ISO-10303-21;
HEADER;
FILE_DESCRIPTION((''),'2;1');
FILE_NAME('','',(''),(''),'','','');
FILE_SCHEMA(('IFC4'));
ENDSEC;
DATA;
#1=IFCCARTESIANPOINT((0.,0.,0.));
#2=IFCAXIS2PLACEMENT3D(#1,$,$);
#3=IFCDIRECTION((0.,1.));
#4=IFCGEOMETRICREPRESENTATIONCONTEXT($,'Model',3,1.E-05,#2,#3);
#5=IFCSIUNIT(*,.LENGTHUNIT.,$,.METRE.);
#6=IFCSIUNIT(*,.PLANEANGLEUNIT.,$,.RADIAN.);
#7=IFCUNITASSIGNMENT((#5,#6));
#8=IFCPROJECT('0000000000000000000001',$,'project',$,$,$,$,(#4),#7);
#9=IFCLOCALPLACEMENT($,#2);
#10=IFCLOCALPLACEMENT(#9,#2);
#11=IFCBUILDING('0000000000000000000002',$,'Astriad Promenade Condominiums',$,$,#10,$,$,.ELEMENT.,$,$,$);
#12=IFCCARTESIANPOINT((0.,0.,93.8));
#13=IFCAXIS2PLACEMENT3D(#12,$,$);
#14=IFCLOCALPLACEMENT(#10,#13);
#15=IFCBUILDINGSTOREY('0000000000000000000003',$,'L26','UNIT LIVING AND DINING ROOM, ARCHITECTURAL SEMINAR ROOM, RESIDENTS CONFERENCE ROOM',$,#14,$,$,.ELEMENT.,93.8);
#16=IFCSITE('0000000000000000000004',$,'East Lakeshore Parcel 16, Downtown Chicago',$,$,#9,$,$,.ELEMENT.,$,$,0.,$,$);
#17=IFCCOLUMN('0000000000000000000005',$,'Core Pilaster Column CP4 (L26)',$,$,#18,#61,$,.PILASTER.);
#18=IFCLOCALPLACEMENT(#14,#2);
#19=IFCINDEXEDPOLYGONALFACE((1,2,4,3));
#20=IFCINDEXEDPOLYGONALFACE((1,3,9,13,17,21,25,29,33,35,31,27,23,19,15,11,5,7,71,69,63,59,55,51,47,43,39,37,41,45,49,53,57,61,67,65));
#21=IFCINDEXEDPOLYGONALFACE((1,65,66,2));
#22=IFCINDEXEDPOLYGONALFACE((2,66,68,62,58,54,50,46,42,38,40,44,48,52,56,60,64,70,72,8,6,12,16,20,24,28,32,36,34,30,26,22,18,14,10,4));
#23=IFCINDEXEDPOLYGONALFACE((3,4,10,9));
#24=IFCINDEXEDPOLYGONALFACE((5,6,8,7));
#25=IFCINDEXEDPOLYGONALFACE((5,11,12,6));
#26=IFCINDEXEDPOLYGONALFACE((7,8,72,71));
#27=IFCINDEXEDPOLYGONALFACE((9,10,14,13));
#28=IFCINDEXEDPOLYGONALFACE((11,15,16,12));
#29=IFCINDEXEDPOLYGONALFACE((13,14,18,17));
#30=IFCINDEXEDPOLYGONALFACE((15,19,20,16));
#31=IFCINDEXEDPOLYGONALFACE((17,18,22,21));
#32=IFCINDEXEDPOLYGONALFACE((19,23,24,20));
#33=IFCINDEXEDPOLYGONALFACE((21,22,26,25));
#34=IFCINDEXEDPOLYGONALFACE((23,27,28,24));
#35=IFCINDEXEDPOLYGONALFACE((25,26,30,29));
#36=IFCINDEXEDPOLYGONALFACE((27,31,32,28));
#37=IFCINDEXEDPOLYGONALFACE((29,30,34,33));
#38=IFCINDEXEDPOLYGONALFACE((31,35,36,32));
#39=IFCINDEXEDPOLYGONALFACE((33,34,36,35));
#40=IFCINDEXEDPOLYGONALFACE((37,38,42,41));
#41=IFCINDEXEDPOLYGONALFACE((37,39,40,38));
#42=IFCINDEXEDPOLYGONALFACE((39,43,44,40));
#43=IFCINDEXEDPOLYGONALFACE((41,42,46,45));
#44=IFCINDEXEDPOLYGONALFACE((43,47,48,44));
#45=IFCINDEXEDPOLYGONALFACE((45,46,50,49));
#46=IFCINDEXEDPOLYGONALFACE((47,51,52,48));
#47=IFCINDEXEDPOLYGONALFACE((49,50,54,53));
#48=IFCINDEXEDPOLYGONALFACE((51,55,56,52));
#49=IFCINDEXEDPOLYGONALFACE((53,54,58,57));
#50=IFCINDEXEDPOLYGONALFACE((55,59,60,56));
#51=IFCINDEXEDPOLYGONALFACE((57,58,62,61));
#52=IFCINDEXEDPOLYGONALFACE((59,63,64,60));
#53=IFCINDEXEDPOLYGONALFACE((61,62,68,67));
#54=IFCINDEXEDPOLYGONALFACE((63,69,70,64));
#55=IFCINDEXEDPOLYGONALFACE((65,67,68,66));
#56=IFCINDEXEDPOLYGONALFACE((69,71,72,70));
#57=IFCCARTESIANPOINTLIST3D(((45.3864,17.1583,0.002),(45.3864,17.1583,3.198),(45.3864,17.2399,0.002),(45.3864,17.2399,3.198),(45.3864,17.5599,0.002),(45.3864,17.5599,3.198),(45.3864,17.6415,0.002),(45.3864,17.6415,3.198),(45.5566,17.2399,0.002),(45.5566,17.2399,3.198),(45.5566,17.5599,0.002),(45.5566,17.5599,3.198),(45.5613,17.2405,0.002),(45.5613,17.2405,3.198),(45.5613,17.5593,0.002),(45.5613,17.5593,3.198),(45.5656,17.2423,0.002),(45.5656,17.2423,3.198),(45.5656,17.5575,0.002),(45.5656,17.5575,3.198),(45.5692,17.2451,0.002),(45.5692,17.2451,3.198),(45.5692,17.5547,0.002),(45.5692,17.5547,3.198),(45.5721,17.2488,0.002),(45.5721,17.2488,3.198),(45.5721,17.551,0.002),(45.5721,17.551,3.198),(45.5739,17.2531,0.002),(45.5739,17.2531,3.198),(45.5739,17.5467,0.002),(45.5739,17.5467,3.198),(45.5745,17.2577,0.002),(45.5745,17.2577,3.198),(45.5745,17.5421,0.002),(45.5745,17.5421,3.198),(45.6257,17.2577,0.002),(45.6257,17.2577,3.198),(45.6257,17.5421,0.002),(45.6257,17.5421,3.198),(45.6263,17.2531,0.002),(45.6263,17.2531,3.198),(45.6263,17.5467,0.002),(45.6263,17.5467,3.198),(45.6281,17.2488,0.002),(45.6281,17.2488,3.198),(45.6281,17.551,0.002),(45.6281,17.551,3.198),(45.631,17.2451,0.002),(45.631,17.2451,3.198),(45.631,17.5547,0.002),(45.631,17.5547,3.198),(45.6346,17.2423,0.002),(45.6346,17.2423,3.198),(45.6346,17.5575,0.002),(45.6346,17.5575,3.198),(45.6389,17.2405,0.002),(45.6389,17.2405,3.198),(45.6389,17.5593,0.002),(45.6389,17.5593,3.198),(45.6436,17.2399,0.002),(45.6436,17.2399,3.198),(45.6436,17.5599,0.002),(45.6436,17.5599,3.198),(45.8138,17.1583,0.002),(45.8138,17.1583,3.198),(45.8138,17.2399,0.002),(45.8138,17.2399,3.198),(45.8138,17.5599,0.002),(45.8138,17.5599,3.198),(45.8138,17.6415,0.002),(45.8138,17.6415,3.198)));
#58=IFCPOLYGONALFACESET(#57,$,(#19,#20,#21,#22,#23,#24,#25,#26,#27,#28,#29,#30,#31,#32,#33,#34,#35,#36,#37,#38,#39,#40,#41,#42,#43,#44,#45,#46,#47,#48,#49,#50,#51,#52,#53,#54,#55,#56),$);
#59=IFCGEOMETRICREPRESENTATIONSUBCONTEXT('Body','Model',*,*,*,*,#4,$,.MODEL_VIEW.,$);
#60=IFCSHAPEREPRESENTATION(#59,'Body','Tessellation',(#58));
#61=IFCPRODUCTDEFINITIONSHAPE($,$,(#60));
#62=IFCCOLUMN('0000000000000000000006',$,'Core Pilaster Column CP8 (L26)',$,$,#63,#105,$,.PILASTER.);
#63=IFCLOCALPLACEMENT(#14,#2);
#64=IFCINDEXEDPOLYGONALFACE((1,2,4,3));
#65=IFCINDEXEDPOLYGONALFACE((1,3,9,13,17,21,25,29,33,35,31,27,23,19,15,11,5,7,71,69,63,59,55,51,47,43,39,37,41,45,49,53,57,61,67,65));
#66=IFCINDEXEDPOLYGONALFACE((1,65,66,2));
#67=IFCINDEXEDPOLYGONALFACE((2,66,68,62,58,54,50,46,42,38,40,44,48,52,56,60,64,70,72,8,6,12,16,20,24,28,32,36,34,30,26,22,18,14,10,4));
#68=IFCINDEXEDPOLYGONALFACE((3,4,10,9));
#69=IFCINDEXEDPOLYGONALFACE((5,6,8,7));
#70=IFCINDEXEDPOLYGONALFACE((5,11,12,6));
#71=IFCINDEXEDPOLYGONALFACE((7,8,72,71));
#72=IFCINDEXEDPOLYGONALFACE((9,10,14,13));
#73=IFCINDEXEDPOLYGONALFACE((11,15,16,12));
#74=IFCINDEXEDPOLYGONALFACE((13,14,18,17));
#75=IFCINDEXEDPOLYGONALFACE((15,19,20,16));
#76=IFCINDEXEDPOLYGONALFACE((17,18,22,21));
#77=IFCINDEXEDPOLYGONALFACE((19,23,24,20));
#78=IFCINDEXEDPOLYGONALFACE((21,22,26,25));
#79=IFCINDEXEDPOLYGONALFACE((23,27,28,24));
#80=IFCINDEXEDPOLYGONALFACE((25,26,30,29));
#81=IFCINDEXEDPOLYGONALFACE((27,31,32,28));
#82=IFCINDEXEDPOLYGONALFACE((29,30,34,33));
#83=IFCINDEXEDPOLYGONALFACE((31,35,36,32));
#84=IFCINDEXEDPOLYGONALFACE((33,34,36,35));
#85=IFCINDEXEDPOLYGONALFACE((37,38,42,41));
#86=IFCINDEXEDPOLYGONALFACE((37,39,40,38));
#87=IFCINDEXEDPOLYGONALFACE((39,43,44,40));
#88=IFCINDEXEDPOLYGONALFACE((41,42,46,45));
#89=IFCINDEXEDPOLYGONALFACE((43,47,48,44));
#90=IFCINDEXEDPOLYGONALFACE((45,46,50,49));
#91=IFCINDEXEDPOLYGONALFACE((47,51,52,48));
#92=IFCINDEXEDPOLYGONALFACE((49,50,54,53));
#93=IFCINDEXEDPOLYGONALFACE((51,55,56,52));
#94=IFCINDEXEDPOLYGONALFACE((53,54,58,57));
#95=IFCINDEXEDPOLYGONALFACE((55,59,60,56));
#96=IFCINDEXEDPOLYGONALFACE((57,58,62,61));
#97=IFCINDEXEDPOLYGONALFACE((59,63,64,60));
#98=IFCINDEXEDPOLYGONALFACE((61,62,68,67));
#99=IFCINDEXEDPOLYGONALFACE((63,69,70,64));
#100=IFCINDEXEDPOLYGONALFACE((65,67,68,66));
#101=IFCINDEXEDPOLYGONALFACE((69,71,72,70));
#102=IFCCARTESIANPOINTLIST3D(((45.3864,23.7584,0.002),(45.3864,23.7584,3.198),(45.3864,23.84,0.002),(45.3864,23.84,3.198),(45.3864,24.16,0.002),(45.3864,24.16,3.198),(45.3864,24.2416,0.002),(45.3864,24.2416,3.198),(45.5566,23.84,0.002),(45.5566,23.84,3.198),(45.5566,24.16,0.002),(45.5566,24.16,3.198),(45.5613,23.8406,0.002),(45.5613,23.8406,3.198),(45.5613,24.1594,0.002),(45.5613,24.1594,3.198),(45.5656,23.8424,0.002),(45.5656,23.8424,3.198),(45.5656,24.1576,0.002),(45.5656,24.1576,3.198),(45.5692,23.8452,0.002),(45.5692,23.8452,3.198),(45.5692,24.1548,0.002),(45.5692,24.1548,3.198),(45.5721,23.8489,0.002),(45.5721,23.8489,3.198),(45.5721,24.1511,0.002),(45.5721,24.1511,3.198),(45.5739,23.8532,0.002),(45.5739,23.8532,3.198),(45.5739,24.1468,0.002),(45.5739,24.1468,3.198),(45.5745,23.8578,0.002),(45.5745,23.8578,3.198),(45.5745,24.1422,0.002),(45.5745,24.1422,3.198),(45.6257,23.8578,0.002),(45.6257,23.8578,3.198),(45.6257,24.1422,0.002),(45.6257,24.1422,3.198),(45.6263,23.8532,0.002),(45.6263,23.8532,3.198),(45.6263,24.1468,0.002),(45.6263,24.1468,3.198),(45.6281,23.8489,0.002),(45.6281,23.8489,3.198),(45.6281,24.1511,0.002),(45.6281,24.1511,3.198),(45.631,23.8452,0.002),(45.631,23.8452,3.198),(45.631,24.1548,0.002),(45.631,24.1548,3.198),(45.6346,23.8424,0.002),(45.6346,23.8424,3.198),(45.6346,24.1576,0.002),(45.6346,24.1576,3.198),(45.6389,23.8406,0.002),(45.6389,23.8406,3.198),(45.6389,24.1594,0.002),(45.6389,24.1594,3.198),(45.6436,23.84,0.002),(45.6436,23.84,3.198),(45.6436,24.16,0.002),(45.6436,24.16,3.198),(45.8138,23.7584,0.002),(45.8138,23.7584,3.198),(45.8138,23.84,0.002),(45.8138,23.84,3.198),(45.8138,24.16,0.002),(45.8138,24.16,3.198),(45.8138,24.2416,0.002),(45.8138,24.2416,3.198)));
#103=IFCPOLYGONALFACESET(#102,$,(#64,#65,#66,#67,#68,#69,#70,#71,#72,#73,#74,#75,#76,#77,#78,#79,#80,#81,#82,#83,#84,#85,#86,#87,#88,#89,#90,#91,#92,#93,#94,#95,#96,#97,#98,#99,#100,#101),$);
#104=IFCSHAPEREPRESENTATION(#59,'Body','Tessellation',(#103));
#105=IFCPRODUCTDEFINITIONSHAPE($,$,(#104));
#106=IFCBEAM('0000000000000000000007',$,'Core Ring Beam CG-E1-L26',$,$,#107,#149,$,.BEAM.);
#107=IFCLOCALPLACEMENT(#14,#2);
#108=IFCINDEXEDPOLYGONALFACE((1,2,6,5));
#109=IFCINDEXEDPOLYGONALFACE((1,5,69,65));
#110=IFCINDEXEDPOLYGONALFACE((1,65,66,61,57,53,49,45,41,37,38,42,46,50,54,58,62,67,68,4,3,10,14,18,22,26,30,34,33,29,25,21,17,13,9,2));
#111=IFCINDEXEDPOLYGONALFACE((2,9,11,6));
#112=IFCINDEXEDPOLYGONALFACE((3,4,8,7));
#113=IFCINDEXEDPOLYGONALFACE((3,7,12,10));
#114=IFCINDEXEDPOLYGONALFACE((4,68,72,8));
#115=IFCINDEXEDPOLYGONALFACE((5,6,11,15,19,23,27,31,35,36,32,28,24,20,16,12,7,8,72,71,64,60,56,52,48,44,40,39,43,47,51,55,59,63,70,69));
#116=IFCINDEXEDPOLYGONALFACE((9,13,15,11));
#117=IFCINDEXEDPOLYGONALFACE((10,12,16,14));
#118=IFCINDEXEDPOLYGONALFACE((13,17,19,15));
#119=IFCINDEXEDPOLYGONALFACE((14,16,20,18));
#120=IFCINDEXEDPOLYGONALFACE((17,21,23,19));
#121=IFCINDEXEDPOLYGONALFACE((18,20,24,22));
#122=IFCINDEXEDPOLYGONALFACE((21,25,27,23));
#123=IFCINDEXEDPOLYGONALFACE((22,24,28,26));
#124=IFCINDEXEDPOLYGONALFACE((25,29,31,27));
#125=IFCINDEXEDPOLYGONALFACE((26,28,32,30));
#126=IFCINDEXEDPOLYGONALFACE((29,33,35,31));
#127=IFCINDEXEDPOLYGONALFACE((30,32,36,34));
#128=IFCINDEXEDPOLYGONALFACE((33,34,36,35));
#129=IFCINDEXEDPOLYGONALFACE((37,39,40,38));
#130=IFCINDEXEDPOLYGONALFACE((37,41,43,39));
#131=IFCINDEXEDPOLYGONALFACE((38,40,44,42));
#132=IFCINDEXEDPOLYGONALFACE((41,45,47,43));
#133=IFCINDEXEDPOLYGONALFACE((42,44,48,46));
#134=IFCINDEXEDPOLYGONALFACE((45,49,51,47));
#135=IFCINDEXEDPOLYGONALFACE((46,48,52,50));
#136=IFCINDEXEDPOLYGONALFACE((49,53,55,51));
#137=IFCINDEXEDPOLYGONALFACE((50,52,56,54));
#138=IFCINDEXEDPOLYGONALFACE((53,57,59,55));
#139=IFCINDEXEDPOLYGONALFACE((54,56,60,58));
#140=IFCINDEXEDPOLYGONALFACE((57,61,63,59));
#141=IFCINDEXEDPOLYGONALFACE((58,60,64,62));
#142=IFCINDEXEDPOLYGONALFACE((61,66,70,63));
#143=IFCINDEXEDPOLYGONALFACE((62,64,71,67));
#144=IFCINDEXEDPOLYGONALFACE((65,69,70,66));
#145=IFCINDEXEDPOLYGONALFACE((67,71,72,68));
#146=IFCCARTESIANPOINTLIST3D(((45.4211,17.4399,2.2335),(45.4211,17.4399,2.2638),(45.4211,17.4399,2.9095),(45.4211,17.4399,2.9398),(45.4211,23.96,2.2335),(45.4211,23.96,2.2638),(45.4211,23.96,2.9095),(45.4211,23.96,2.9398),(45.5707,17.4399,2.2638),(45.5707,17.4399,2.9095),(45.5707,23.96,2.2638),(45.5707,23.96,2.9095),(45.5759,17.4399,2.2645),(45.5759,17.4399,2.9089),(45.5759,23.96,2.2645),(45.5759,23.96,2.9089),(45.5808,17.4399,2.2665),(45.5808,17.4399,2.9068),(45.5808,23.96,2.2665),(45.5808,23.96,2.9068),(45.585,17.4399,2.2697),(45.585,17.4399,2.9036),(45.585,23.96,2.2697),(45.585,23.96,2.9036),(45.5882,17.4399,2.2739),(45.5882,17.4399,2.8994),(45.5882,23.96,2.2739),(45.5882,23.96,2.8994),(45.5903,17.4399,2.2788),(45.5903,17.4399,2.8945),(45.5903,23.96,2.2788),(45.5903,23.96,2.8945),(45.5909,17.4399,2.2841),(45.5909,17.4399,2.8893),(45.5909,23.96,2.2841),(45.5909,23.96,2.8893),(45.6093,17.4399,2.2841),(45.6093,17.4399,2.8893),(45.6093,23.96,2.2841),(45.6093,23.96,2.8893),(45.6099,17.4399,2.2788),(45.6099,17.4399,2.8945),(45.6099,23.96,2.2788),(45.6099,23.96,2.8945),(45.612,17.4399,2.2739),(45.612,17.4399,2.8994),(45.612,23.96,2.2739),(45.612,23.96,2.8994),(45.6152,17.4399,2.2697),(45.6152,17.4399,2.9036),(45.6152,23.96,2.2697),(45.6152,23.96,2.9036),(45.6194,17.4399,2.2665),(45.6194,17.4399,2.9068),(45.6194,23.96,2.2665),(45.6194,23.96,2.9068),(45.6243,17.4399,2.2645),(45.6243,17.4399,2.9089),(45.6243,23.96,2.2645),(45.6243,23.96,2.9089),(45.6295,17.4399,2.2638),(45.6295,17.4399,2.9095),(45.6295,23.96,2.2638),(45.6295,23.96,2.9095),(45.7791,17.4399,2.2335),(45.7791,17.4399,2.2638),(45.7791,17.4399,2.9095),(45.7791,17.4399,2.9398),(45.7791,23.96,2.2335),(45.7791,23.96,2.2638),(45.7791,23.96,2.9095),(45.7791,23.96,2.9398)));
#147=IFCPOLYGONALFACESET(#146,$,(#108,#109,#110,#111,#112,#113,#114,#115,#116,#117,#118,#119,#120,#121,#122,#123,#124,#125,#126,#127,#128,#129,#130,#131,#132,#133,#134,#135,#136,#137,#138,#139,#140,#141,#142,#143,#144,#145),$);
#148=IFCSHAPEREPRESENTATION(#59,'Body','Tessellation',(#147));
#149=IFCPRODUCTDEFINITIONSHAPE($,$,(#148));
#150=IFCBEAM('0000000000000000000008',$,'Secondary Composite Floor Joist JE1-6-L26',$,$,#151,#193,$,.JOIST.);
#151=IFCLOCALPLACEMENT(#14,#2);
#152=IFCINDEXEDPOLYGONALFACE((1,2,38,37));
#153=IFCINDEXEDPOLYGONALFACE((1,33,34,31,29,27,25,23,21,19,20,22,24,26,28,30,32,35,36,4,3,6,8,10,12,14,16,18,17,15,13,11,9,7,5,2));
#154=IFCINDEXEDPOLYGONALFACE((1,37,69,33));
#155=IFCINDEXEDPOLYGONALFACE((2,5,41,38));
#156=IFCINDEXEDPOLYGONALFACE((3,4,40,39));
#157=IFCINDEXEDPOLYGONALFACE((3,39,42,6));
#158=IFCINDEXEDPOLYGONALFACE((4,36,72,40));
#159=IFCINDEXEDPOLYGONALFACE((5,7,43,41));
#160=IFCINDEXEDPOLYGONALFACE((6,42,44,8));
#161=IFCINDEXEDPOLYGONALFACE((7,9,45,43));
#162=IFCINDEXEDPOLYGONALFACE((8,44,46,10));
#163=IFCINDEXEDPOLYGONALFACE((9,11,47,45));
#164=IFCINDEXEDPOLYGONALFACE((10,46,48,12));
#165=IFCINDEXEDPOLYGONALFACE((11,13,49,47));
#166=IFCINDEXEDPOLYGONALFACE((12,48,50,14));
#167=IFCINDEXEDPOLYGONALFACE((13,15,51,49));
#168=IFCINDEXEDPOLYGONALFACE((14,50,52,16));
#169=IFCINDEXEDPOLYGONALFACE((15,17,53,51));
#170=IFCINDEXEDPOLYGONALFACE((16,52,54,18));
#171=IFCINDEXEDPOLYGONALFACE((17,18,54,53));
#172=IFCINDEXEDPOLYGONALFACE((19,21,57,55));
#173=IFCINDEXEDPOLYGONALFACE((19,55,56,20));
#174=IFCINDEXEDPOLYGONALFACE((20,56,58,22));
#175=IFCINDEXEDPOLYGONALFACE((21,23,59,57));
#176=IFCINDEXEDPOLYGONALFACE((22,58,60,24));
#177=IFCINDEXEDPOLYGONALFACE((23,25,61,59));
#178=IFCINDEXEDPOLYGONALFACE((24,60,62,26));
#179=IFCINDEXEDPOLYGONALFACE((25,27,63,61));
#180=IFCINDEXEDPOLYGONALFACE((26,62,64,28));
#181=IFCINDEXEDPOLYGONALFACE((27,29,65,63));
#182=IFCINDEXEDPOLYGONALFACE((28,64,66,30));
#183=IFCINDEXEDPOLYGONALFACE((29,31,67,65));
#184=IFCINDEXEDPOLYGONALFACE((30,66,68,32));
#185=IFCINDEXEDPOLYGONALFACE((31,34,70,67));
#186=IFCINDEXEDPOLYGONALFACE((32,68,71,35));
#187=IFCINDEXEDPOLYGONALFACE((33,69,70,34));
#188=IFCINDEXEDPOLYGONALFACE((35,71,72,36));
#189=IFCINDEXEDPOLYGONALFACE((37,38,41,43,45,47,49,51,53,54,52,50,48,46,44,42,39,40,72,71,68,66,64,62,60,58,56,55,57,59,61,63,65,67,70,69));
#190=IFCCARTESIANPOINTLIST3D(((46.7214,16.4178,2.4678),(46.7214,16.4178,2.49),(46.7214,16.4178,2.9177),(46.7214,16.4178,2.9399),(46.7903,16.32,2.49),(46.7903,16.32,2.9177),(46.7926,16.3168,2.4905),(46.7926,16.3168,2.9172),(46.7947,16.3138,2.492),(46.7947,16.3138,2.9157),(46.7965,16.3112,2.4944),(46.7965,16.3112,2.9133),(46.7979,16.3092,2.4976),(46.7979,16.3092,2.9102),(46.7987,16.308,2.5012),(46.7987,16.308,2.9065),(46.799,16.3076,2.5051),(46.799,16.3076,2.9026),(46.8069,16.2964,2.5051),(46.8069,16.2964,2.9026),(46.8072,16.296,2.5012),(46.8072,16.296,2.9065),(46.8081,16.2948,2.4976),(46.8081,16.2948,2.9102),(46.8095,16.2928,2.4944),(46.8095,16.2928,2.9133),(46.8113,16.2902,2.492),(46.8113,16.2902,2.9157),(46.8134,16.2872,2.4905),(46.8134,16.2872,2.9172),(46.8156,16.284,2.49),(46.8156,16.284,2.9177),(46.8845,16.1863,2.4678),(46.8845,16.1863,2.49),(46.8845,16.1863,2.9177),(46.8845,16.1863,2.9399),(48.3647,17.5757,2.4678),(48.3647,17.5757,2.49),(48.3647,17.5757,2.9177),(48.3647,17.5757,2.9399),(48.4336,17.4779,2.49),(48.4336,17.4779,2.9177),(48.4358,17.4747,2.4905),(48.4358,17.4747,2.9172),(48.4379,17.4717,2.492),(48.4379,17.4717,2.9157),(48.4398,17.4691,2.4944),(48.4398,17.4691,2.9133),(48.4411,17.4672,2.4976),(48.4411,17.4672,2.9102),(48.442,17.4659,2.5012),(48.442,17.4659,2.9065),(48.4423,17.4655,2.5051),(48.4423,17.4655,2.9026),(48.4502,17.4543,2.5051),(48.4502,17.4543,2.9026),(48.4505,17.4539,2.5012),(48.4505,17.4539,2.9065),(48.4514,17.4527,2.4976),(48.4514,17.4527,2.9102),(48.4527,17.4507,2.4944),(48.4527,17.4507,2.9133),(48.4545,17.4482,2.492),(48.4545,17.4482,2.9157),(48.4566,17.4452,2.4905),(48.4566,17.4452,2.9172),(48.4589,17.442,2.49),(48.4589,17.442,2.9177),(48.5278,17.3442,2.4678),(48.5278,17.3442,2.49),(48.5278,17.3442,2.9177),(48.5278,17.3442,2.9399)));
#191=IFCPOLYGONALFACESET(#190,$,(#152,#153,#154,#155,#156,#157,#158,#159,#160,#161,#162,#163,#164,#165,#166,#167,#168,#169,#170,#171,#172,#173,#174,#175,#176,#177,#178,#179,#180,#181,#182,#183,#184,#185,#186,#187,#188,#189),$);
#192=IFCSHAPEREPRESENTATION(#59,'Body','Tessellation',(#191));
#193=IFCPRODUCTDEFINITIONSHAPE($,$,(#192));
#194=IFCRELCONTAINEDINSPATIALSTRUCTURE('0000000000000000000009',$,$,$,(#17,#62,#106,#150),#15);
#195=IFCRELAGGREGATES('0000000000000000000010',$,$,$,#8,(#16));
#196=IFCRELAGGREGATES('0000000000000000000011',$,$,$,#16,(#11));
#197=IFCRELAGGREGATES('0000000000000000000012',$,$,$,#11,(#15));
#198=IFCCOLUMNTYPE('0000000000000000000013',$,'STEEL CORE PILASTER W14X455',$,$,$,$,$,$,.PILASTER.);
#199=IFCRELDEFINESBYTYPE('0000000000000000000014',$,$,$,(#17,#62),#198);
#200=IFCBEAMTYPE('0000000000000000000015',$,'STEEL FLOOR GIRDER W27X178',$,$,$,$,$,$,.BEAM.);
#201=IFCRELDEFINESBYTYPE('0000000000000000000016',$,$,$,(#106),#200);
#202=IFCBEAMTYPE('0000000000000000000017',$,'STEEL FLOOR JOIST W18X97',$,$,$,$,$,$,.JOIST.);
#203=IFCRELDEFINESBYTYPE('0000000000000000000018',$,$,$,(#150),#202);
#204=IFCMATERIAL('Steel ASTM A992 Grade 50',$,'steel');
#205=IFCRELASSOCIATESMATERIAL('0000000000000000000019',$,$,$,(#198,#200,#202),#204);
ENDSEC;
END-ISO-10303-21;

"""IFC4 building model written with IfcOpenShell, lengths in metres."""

from ifc_helpers import new_model, si_unit, direction, frame, origin, origin_2d, place, context, subcontext, project, spatial, i_section, extrude, source, transform, mapped, material, material_profile, profile_set, type_object, type_shapes, element, save


model = new_model("IFC4")

# Units and contexts
model_context = context("Model", 3, precision=1e-05, world=origin(), true_north=direction((0.0, 1.0)))
body_context = subcontext(model_context, "Body", "Model", "MODEL_VIEW")
ifc_project = project(units=[si_unit("LENGTHUNIT", "METRE"), si_unit("PLANEANGLEUNIT", "RADIAN")], contexts=[model_context])

# Site, building, storey
site_placement = place(None, origin())
site = spatial("IfcSite", under=ifc_project, at=site_placement, Name="East Lakeshore Parcel 16, Downtown Chicago", CompositionType="ELEMENT", RefElevation=0.0)
building_placement = place(site_placement, origin())
building = spatial("IfcBuilding", under=site, at=building_placement, Name="Astriad Promenade Condominiums", CompositionType="ELEMENT")
storey_placement = place(building_placement, frame((0.0, 0.0, 93.8)))
storey = spatial("IfcBuildingStorey", under=building, at=storey_placement, Name="L26", Description="UNIT LIVING AND DINING ROOM, ARCHITECTURAL SEMINAR ROOM, RESIDENTS CONFERENCE ROOM", CompositionType="ELEMENT", Elevation=93.8)

# Columns
ifc_material_1 = material(Name="Steel ASTM A992 Grade 50", Category="steel")
ifc_material_profile_1 = material_profile(ifc_material_1, i_section(OverallWidth=0.4275, OverallDepth=0.4832, WebThickness=0.0513, FlangeThickness=0.0815, FilletRadius=0.0178, at=origin_2d()), Name="W14X455")
ifc_profile_set_1 = profile_set([ifc_material_profile_1], Name="Steel ASTM A992 Grade 50")
column_type = type_object("IfcColumnType", Name="STEEL CORE PILASTER W14X455", PredefinedType="PILASTER", material=ifc_profile_set_1)
shared_shape_1 = source(origin(), body_context, "Body", "SweptSolid", [
    extrude(i_section(OverallWidth=0.4275, OverallDepth=0.4832, WebThickness=0.0513, FlangeThickness=0.0815, FilletRadius=0.0178, at=origin_2d()), origin(), (0.0, 0.0, 1.0), 3.196),
])
type_shapes(column_type, [shared_shape_1])
for number, where, z_axis, x_axis, name in (
    (1, (45.6001, 17.3999, 0.002), (0.0, 0.0, 1.0), (1.0, 0.0, 0.0), "Core Pilaster Column CP4 (L26)"),
    (2, (45.6001, 24.0, 0.002), (0.0, 0.0, 1.0), (1.0, 0.0, 0.0), "Core Pilaster Column CP8 (L26)"),
):
    element("IfcColumn", number, at=place(storey_placement, frame(where, z_axis=z_axis, x_axis=x_axis)), inside=storey, type_object=column_type, Name=name, PredefinedType="PILASTER", context=body_context, shape_type="MappedRepresentation", body=[
        mapped(shared_shape_1, transform((0.0, 0.0, 0.0), scale=1.0)),
    ])

# Beams
ifc_material_profile_2 = material_profile(ifc_material_1, i_section(OverallWidth=0.3579, OverallDepth=0.7063, WebThickness=0.0183, FlangeThickness=0.0303, FilletRadius=0.0203, at=origin_2d()), Name="W27X178")
ifc_profile_set_2 = profile_set([ifc_material_profile_2], Name="Steel ASTM A992 Grade 50")
beam_type_1 = type_object("IfcBeamType", Name="STEEL FLOOR GIRDER W27X178", PredefinedType="BEAM", material=ifc_profile_set_2)
shared_shape_2 = source(origin(), body_context, "Body", "SweptSolid", [
    extrude(i_section(OverallWidth=0.3579, OverallDepth=0.7063, WebThickness=0.0183, FlangeThickness=0.0303, FilletRadius=0.0203, at=origin_2d()), origin(), (0.0, 0.0, 1.0), 6.52),
])
type_shapes(beam_type_1, [shared_shape_2])
beam_1_placement = place(storey_placement, frame((45.6001, 17.4399, 2.5867), z_axis=(0.0, 1.0, 0.0), x_axis=(-1.0, 0.0, 0.0)))
element("IfcBeam", 3, at=beam_1_placement, inside=storey, type_object=beam_type_1, Name="Core Ring Beam CG-E1-L26", PredefinedType="BEAM", context=body_context, shape_type="MappedRepresentation", body=[
    mapped(shared_shape_2, transform((0.0, 0.0, 0.0), scale=1.0)),
])
ifc_material_profile_3 = material_profile(ifc_material_1, i_section(OverallWidth=0.2832, OverallDepth=0.4722, WebThickness=0.0137, FlangeThickness=0.0222, FilletRadius=0.0151, at=origin_2d()), Name="W18X97")
ifc_profile_set_3 = profile_set([ifc_material_profile_3], Name="Steel ASTM A992 Grade 50")
beam_type_2 = type_object("IfcBeamType", Name="STEEL FLOOR JOIST W18X97", PredefinedType="JOIST", material=ifc_profile_set_3)
shared_shape_3 = source(origin(), body_context, "Body", "SweptSolid", [
    extrude(i_section(OverallWidth=0.2832, OverallDepth=0.4722, WebThickness=0.0137, FlangeThickness=0.0222, FilletRadius=0.0151, at=origin_2d()), origin(), (0.0, 0.0, 1.0), 2.0103),
])
type_shapes(beam_type_2, [shared_shape_3])
beam_2_placement = place(storey_placement, frame((46.803, 16.302, 2.7039), z_axis=(0.817442, 0.576011, 0.0), x_axis=(-0.576011, 0.817442, 0.0)))
element("IfcBeam", 4, at=beam_2_placement, inside=storey, type_object=beam_type_2, Name="Secondary Composite Floor Joist JE1-6-L26", PredefinedType="JOIST", context=body_context, shape_type="MappedRepresentation", body=[
    mapped(shared_shape_3, transform((0.0, 0.0, 0.0), scale=1.0)),
])

save(model, "model.ifc")
